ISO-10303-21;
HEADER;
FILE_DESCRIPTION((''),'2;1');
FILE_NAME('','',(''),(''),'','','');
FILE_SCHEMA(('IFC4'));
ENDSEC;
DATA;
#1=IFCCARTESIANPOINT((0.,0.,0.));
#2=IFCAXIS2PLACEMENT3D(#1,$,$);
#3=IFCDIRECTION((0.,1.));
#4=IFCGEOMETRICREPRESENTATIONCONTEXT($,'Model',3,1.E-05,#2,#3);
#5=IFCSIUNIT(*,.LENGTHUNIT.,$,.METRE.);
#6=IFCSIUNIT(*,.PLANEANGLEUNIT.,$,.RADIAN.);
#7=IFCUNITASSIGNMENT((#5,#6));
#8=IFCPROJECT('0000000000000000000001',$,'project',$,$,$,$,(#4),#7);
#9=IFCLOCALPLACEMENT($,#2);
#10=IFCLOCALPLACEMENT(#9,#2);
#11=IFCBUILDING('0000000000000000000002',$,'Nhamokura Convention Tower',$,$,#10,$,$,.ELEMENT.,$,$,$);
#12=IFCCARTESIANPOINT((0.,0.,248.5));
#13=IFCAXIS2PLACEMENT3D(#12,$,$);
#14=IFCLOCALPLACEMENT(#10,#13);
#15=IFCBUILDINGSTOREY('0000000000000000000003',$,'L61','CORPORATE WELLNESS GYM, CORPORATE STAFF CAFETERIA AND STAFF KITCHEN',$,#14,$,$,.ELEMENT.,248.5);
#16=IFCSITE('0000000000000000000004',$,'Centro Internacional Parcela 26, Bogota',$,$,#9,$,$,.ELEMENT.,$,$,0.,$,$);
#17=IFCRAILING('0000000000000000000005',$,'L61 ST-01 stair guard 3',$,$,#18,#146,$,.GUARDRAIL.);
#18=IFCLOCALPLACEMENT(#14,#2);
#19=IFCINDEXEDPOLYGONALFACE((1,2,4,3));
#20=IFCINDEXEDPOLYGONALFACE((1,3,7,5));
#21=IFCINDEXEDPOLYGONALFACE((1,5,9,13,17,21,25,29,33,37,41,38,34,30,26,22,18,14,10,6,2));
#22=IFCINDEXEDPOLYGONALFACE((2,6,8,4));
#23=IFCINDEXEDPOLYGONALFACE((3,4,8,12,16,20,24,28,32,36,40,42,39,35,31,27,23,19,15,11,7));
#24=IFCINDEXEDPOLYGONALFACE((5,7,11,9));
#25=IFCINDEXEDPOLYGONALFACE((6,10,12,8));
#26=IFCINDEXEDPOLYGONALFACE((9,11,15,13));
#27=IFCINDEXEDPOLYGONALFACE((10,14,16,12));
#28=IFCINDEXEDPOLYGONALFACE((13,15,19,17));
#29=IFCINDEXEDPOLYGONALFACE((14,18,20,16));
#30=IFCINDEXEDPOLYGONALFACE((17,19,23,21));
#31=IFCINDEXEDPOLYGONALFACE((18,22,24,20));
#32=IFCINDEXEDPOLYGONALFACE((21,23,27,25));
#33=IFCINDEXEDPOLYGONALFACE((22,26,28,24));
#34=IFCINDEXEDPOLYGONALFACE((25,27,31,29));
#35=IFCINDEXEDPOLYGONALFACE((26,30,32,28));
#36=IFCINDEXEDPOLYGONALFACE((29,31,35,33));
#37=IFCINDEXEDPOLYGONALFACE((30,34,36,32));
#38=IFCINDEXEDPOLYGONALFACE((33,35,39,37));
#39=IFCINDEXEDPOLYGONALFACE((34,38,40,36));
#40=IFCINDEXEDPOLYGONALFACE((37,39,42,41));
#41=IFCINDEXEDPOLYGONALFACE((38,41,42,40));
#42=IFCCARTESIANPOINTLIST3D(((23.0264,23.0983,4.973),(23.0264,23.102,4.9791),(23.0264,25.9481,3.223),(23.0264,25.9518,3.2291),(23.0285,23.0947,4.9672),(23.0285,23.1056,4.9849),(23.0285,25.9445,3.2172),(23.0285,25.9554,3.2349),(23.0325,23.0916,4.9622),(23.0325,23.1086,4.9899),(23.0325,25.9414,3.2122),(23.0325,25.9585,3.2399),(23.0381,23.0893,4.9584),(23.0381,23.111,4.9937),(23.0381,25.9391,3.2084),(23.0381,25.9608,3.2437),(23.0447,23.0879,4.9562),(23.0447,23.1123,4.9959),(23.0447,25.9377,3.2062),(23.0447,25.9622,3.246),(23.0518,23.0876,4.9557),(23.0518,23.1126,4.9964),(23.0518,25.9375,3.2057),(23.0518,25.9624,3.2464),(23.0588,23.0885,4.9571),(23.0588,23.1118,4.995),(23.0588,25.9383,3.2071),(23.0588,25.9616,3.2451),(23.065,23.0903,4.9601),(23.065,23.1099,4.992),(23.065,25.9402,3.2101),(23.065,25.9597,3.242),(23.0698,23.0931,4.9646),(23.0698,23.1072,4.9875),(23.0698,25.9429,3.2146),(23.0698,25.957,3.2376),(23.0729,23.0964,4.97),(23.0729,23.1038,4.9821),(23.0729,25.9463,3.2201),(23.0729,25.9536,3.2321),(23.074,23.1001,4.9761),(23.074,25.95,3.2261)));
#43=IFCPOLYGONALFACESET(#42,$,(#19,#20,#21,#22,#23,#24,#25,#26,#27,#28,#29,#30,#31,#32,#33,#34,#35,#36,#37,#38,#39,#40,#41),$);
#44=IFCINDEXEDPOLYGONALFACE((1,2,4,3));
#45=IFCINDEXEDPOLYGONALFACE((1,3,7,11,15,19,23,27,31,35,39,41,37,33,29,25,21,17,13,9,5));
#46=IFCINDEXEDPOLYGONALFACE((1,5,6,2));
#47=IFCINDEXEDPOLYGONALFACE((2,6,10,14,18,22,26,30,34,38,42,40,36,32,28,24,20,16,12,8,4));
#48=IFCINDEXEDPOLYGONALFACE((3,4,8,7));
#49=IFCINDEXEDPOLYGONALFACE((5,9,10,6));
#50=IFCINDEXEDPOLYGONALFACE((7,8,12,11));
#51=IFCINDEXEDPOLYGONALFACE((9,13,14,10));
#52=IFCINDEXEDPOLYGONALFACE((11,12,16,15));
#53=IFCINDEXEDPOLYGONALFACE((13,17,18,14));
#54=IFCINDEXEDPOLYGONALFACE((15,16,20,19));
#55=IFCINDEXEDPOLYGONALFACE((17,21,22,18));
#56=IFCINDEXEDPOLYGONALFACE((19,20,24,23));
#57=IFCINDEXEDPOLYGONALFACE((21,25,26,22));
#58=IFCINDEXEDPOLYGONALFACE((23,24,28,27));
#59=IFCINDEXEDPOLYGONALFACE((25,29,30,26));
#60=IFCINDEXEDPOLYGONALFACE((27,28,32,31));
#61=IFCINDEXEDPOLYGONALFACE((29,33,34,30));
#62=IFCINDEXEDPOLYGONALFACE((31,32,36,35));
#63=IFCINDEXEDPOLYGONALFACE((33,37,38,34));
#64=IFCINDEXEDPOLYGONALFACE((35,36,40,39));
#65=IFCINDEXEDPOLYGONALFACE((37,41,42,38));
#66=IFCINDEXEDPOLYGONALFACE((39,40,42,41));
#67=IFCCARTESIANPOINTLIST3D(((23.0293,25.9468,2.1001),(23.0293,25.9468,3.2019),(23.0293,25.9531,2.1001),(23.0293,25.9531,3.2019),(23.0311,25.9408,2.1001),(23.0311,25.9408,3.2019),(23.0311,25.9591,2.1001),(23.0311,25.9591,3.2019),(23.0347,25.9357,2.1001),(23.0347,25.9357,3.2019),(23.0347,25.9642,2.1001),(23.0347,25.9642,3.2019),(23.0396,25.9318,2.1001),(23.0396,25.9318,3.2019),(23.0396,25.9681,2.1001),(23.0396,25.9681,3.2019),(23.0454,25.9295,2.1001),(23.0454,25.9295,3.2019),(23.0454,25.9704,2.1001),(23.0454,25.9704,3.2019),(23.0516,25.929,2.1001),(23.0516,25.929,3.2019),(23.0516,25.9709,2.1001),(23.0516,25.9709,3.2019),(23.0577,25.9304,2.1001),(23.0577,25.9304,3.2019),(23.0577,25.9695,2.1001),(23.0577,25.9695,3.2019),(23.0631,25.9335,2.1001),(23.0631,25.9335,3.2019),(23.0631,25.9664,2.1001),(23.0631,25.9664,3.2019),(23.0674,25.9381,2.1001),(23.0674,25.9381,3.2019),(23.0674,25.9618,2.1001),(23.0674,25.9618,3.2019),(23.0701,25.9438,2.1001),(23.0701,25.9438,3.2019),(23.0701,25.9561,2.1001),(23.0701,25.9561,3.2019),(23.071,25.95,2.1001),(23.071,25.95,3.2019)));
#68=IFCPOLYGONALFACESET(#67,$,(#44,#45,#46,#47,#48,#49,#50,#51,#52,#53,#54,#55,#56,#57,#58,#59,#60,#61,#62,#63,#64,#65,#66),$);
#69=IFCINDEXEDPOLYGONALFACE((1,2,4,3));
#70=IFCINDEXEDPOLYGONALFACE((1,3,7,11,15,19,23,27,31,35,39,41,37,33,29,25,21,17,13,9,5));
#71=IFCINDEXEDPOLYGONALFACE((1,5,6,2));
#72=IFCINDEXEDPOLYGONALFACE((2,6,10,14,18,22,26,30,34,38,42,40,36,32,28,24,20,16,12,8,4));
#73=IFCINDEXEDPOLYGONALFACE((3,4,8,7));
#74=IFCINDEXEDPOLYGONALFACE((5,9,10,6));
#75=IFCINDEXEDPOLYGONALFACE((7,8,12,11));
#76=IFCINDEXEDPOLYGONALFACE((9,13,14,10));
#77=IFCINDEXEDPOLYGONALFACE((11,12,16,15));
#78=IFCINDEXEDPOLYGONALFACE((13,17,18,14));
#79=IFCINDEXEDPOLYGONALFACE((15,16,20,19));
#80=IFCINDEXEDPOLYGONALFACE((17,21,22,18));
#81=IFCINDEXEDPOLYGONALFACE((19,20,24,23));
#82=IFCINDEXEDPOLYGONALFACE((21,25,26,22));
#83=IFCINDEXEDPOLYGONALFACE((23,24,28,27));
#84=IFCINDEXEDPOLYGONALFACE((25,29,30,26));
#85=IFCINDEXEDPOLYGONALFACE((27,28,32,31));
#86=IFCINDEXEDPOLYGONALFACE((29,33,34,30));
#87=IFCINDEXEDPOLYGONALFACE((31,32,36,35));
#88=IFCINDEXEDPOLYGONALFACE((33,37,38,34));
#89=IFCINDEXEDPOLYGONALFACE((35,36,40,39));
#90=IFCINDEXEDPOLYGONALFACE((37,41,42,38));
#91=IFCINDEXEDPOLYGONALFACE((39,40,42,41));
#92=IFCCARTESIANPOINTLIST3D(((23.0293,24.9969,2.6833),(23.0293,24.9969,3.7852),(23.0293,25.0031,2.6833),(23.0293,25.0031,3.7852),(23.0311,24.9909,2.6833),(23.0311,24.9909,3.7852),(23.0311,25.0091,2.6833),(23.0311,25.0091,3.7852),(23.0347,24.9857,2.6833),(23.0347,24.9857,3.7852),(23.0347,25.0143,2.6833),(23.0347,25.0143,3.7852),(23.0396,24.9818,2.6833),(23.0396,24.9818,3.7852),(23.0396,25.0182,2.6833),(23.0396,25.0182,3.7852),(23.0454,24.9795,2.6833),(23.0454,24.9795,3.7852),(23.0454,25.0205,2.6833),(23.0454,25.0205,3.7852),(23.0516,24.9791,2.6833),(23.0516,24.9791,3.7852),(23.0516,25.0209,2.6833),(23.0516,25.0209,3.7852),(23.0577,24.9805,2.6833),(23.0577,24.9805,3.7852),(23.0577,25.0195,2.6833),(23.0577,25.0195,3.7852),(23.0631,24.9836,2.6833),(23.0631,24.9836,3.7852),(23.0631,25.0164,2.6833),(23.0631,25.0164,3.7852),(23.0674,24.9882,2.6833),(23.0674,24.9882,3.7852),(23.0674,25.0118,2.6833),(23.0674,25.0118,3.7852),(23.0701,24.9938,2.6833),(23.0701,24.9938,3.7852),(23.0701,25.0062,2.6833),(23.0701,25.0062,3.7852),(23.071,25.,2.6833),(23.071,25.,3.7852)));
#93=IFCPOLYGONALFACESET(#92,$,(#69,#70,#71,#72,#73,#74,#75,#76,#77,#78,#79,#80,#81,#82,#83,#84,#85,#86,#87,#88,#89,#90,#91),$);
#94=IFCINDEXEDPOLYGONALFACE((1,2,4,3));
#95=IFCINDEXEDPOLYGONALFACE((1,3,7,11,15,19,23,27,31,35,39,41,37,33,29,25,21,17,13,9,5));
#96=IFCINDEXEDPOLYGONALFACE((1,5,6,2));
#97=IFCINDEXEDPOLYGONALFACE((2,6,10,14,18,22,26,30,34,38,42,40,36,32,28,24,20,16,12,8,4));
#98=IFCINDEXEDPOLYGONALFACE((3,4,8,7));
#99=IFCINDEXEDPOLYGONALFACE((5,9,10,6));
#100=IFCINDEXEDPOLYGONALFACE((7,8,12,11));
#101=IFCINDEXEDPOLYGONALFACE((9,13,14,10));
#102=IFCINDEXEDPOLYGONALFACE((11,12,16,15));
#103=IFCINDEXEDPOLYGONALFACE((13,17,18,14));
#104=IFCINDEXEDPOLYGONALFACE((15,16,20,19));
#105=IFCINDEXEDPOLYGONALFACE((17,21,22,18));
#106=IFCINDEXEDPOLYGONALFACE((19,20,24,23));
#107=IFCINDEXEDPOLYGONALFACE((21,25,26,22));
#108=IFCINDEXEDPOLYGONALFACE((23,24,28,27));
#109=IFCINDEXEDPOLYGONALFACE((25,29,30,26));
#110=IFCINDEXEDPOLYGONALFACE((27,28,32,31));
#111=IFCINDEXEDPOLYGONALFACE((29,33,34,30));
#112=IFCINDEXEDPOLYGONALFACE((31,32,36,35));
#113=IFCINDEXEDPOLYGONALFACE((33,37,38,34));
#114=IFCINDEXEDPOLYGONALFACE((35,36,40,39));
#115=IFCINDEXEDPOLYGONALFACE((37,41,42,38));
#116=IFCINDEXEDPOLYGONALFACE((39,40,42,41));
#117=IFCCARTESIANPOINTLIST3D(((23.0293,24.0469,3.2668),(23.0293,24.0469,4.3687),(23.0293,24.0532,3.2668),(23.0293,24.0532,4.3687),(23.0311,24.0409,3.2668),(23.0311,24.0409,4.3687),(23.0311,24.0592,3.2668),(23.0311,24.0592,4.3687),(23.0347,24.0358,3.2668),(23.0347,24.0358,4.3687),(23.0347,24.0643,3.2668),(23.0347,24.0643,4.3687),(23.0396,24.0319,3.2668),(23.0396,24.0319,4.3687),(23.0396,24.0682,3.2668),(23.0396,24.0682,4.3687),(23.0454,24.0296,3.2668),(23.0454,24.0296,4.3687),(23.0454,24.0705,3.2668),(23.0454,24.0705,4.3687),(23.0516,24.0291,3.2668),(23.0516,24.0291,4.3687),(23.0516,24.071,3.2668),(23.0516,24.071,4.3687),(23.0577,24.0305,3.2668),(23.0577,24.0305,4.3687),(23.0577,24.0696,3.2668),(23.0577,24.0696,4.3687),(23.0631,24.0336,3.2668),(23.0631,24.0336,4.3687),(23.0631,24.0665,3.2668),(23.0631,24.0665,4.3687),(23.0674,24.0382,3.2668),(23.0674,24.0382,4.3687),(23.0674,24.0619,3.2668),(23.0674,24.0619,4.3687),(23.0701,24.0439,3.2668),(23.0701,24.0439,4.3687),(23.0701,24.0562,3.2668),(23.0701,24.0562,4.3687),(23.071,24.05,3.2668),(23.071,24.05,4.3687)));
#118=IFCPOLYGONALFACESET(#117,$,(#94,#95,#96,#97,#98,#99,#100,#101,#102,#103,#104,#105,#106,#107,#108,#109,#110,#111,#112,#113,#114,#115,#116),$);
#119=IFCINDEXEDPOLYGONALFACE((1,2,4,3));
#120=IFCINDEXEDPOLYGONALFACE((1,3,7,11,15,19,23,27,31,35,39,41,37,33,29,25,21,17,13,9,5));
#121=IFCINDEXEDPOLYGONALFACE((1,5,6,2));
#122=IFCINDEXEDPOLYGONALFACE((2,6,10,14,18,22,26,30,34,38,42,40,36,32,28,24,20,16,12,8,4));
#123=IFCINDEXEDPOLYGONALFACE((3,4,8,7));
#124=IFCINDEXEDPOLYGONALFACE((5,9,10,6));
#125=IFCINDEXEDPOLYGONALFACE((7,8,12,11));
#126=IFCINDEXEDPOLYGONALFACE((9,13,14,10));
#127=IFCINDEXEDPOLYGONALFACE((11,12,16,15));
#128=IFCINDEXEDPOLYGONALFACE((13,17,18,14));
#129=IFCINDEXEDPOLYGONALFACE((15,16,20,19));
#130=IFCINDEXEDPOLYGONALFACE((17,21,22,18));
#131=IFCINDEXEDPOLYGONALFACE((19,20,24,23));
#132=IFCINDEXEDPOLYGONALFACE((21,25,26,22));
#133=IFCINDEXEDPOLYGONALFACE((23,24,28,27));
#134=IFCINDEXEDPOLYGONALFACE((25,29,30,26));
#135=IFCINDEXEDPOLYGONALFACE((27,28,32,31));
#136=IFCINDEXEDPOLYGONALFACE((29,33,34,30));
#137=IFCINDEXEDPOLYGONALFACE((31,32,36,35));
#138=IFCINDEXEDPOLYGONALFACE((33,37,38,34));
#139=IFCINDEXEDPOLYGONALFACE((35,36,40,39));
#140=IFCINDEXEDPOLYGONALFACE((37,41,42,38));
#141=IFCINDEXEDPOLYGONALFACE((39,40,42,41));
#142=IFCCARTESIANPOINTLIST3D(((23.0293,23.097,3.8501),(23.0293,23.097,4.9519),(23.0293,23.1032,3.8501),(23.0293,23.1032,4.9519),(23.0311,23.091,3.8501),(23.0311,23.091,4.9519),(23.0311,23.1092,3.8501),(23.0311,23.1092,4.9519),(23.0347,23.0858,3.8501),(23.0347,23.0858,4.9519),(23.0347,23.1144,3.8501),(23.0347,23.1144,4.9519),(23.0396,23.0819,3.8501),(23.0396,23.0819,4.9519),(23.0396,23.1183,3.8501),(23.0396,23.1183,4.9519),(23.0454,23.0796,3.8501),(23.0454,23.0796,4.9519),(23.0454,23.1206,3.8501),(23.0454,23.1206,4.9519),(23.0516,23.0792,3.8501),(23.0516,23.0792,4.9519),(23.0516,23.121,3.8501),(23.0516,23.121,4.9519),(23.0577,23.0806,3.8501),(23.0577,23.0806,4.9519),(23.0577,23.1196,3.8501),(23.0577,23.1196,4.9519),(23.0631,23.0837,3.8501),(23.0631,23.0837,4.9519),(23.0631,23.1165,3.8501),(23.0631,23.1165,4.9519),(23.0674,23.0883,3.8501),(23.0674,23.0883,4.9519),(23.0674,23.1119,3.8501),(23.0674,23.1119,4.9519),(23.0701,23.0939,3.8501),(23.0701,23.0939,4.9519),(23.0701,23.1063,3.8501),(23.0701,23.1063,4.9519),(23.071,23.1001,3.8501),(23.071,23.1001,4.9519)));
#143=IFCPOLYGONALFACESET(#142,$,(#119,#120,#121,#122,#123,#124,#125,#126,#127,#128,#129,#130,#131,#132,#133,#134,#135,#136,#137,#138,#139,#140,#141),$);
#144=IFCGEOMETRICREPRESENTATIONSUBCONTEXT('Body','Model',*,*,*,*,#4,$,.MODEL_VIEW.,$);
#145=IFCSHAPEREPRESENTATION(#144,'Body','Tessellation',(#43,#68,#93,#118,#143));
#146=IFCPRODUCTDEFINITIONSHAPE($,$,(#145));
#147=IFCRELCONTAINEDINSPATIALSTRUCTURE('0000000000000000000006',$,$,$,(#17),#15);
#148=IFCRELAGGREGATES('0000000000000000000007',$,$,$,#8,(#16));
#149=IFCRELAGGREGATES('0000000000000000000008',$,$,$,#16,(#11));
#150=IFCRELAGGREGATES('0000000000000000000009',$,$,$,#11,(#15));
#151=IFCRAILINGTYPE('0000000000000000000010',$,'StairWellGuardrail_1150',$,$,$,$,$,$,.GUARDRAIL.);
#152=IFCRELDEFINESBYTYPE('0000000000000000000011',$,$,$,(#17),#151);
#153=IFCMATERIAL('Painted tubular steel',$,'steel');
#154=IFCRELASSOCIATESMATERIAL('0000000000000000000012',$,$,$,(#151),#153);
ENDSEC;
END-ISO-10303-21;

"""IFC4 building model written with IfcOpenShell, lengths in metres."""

from ifc_helpers import new_model, si_unit, direction, frame, origin, origin_2d, place, context, subcontext, project, spatial, circle, extrude, material, type_object, element, save


model = new_model("IFC4")

# Units and contexts
model_context = context("Model", 3, precision=1e-05, world=origin(), true_north=direction((0.0, 1.0)))
body_context = subcontext(model_context, "Body", "Model", "MODEL_VIEW")
ifc_project = project(units=[si_unit("LENGTHUNIT", "METRE"), si_unit("PLANEANGLEUNIT", "RADIAN")], contexts=[model_context])

# Site, building, storey
site_placement = place(None, origin())
site = spatial("IfcSite", under=ifc_project, at=site_placement, Name="Centro Internacional Parcela 26, Bogota", CompositionType="ELEMENT", RefElevation=0.0)
building_placement = place(site_placement, origin())
building = spatial("IfcBuilding", under=site, at=building_placement, Name="Nhamokura Convention Tower", CompositionType="ELEMENT")
storey_placement = place(building_placement, frame((0.0, 0.0, 248.5)))
storey = spatial("IfcBuildingStorey", under=building, at=storey_placement, Name="L61", Description="CORPORATE WELLNESS GYM, CORPORATE STAFF CAFETERIA AND STAFF KITCHEN", CompositionType="ELEMENT", Elevation=248.5)

# Railing
ifc_material_1 = material(Name="Painted tubular steel", Category="steel")
railing_type_1 = type_object("IfcRailingType", Name="StairWellGuardrail_1150", PredefinedType="GUARDRAIL", material=ifc_material_1)
railing_1_placement = place(storey_placement, frame((23.05, 25.95, 2.1001)))
element("IfcRailing", 1, at=railing_1_placement, inside=storey, type_object=railing_type_1, Name="L61 ST-01 stair guard 3", PredefinedType="GUARDRAIL", context=body_context, shape_type="SweptSolid", body=[
    extrude(circle(Radius=0.0239, at=origin_2d()), frame((0.0, 0.0, 1.126), z_axis=(0.0, -0.852159, 0.523283), x_axis=(1.0, 0.0, 0.0)), (0.0, 0.0, 1.0), 3.3442),
    extrude(circle(Radius=0.021, at=origin_2d()), origin(), (0.0, 0.0, 1.0), 1.1018),
    extrude(circle(Radius=0.021, at=origin_2d()), frame((0.0, -0.95, 0.5833)), (0.0, 0.0, 1.0), 1.1018),
    extrude(circle(Radius=0.021, at=origin_2d()), frame((0.0, -1.8999, 1.1667)), (0.0, 0.0, 1.0), 1.1018),
    extrude(circle(Radius=0.021, at=origin_2d()), frame((0.0, -2.8499, 1.75)), (0.0, 0.0, 1.0), 1.1018),
])

save(model, "model.ifc")
